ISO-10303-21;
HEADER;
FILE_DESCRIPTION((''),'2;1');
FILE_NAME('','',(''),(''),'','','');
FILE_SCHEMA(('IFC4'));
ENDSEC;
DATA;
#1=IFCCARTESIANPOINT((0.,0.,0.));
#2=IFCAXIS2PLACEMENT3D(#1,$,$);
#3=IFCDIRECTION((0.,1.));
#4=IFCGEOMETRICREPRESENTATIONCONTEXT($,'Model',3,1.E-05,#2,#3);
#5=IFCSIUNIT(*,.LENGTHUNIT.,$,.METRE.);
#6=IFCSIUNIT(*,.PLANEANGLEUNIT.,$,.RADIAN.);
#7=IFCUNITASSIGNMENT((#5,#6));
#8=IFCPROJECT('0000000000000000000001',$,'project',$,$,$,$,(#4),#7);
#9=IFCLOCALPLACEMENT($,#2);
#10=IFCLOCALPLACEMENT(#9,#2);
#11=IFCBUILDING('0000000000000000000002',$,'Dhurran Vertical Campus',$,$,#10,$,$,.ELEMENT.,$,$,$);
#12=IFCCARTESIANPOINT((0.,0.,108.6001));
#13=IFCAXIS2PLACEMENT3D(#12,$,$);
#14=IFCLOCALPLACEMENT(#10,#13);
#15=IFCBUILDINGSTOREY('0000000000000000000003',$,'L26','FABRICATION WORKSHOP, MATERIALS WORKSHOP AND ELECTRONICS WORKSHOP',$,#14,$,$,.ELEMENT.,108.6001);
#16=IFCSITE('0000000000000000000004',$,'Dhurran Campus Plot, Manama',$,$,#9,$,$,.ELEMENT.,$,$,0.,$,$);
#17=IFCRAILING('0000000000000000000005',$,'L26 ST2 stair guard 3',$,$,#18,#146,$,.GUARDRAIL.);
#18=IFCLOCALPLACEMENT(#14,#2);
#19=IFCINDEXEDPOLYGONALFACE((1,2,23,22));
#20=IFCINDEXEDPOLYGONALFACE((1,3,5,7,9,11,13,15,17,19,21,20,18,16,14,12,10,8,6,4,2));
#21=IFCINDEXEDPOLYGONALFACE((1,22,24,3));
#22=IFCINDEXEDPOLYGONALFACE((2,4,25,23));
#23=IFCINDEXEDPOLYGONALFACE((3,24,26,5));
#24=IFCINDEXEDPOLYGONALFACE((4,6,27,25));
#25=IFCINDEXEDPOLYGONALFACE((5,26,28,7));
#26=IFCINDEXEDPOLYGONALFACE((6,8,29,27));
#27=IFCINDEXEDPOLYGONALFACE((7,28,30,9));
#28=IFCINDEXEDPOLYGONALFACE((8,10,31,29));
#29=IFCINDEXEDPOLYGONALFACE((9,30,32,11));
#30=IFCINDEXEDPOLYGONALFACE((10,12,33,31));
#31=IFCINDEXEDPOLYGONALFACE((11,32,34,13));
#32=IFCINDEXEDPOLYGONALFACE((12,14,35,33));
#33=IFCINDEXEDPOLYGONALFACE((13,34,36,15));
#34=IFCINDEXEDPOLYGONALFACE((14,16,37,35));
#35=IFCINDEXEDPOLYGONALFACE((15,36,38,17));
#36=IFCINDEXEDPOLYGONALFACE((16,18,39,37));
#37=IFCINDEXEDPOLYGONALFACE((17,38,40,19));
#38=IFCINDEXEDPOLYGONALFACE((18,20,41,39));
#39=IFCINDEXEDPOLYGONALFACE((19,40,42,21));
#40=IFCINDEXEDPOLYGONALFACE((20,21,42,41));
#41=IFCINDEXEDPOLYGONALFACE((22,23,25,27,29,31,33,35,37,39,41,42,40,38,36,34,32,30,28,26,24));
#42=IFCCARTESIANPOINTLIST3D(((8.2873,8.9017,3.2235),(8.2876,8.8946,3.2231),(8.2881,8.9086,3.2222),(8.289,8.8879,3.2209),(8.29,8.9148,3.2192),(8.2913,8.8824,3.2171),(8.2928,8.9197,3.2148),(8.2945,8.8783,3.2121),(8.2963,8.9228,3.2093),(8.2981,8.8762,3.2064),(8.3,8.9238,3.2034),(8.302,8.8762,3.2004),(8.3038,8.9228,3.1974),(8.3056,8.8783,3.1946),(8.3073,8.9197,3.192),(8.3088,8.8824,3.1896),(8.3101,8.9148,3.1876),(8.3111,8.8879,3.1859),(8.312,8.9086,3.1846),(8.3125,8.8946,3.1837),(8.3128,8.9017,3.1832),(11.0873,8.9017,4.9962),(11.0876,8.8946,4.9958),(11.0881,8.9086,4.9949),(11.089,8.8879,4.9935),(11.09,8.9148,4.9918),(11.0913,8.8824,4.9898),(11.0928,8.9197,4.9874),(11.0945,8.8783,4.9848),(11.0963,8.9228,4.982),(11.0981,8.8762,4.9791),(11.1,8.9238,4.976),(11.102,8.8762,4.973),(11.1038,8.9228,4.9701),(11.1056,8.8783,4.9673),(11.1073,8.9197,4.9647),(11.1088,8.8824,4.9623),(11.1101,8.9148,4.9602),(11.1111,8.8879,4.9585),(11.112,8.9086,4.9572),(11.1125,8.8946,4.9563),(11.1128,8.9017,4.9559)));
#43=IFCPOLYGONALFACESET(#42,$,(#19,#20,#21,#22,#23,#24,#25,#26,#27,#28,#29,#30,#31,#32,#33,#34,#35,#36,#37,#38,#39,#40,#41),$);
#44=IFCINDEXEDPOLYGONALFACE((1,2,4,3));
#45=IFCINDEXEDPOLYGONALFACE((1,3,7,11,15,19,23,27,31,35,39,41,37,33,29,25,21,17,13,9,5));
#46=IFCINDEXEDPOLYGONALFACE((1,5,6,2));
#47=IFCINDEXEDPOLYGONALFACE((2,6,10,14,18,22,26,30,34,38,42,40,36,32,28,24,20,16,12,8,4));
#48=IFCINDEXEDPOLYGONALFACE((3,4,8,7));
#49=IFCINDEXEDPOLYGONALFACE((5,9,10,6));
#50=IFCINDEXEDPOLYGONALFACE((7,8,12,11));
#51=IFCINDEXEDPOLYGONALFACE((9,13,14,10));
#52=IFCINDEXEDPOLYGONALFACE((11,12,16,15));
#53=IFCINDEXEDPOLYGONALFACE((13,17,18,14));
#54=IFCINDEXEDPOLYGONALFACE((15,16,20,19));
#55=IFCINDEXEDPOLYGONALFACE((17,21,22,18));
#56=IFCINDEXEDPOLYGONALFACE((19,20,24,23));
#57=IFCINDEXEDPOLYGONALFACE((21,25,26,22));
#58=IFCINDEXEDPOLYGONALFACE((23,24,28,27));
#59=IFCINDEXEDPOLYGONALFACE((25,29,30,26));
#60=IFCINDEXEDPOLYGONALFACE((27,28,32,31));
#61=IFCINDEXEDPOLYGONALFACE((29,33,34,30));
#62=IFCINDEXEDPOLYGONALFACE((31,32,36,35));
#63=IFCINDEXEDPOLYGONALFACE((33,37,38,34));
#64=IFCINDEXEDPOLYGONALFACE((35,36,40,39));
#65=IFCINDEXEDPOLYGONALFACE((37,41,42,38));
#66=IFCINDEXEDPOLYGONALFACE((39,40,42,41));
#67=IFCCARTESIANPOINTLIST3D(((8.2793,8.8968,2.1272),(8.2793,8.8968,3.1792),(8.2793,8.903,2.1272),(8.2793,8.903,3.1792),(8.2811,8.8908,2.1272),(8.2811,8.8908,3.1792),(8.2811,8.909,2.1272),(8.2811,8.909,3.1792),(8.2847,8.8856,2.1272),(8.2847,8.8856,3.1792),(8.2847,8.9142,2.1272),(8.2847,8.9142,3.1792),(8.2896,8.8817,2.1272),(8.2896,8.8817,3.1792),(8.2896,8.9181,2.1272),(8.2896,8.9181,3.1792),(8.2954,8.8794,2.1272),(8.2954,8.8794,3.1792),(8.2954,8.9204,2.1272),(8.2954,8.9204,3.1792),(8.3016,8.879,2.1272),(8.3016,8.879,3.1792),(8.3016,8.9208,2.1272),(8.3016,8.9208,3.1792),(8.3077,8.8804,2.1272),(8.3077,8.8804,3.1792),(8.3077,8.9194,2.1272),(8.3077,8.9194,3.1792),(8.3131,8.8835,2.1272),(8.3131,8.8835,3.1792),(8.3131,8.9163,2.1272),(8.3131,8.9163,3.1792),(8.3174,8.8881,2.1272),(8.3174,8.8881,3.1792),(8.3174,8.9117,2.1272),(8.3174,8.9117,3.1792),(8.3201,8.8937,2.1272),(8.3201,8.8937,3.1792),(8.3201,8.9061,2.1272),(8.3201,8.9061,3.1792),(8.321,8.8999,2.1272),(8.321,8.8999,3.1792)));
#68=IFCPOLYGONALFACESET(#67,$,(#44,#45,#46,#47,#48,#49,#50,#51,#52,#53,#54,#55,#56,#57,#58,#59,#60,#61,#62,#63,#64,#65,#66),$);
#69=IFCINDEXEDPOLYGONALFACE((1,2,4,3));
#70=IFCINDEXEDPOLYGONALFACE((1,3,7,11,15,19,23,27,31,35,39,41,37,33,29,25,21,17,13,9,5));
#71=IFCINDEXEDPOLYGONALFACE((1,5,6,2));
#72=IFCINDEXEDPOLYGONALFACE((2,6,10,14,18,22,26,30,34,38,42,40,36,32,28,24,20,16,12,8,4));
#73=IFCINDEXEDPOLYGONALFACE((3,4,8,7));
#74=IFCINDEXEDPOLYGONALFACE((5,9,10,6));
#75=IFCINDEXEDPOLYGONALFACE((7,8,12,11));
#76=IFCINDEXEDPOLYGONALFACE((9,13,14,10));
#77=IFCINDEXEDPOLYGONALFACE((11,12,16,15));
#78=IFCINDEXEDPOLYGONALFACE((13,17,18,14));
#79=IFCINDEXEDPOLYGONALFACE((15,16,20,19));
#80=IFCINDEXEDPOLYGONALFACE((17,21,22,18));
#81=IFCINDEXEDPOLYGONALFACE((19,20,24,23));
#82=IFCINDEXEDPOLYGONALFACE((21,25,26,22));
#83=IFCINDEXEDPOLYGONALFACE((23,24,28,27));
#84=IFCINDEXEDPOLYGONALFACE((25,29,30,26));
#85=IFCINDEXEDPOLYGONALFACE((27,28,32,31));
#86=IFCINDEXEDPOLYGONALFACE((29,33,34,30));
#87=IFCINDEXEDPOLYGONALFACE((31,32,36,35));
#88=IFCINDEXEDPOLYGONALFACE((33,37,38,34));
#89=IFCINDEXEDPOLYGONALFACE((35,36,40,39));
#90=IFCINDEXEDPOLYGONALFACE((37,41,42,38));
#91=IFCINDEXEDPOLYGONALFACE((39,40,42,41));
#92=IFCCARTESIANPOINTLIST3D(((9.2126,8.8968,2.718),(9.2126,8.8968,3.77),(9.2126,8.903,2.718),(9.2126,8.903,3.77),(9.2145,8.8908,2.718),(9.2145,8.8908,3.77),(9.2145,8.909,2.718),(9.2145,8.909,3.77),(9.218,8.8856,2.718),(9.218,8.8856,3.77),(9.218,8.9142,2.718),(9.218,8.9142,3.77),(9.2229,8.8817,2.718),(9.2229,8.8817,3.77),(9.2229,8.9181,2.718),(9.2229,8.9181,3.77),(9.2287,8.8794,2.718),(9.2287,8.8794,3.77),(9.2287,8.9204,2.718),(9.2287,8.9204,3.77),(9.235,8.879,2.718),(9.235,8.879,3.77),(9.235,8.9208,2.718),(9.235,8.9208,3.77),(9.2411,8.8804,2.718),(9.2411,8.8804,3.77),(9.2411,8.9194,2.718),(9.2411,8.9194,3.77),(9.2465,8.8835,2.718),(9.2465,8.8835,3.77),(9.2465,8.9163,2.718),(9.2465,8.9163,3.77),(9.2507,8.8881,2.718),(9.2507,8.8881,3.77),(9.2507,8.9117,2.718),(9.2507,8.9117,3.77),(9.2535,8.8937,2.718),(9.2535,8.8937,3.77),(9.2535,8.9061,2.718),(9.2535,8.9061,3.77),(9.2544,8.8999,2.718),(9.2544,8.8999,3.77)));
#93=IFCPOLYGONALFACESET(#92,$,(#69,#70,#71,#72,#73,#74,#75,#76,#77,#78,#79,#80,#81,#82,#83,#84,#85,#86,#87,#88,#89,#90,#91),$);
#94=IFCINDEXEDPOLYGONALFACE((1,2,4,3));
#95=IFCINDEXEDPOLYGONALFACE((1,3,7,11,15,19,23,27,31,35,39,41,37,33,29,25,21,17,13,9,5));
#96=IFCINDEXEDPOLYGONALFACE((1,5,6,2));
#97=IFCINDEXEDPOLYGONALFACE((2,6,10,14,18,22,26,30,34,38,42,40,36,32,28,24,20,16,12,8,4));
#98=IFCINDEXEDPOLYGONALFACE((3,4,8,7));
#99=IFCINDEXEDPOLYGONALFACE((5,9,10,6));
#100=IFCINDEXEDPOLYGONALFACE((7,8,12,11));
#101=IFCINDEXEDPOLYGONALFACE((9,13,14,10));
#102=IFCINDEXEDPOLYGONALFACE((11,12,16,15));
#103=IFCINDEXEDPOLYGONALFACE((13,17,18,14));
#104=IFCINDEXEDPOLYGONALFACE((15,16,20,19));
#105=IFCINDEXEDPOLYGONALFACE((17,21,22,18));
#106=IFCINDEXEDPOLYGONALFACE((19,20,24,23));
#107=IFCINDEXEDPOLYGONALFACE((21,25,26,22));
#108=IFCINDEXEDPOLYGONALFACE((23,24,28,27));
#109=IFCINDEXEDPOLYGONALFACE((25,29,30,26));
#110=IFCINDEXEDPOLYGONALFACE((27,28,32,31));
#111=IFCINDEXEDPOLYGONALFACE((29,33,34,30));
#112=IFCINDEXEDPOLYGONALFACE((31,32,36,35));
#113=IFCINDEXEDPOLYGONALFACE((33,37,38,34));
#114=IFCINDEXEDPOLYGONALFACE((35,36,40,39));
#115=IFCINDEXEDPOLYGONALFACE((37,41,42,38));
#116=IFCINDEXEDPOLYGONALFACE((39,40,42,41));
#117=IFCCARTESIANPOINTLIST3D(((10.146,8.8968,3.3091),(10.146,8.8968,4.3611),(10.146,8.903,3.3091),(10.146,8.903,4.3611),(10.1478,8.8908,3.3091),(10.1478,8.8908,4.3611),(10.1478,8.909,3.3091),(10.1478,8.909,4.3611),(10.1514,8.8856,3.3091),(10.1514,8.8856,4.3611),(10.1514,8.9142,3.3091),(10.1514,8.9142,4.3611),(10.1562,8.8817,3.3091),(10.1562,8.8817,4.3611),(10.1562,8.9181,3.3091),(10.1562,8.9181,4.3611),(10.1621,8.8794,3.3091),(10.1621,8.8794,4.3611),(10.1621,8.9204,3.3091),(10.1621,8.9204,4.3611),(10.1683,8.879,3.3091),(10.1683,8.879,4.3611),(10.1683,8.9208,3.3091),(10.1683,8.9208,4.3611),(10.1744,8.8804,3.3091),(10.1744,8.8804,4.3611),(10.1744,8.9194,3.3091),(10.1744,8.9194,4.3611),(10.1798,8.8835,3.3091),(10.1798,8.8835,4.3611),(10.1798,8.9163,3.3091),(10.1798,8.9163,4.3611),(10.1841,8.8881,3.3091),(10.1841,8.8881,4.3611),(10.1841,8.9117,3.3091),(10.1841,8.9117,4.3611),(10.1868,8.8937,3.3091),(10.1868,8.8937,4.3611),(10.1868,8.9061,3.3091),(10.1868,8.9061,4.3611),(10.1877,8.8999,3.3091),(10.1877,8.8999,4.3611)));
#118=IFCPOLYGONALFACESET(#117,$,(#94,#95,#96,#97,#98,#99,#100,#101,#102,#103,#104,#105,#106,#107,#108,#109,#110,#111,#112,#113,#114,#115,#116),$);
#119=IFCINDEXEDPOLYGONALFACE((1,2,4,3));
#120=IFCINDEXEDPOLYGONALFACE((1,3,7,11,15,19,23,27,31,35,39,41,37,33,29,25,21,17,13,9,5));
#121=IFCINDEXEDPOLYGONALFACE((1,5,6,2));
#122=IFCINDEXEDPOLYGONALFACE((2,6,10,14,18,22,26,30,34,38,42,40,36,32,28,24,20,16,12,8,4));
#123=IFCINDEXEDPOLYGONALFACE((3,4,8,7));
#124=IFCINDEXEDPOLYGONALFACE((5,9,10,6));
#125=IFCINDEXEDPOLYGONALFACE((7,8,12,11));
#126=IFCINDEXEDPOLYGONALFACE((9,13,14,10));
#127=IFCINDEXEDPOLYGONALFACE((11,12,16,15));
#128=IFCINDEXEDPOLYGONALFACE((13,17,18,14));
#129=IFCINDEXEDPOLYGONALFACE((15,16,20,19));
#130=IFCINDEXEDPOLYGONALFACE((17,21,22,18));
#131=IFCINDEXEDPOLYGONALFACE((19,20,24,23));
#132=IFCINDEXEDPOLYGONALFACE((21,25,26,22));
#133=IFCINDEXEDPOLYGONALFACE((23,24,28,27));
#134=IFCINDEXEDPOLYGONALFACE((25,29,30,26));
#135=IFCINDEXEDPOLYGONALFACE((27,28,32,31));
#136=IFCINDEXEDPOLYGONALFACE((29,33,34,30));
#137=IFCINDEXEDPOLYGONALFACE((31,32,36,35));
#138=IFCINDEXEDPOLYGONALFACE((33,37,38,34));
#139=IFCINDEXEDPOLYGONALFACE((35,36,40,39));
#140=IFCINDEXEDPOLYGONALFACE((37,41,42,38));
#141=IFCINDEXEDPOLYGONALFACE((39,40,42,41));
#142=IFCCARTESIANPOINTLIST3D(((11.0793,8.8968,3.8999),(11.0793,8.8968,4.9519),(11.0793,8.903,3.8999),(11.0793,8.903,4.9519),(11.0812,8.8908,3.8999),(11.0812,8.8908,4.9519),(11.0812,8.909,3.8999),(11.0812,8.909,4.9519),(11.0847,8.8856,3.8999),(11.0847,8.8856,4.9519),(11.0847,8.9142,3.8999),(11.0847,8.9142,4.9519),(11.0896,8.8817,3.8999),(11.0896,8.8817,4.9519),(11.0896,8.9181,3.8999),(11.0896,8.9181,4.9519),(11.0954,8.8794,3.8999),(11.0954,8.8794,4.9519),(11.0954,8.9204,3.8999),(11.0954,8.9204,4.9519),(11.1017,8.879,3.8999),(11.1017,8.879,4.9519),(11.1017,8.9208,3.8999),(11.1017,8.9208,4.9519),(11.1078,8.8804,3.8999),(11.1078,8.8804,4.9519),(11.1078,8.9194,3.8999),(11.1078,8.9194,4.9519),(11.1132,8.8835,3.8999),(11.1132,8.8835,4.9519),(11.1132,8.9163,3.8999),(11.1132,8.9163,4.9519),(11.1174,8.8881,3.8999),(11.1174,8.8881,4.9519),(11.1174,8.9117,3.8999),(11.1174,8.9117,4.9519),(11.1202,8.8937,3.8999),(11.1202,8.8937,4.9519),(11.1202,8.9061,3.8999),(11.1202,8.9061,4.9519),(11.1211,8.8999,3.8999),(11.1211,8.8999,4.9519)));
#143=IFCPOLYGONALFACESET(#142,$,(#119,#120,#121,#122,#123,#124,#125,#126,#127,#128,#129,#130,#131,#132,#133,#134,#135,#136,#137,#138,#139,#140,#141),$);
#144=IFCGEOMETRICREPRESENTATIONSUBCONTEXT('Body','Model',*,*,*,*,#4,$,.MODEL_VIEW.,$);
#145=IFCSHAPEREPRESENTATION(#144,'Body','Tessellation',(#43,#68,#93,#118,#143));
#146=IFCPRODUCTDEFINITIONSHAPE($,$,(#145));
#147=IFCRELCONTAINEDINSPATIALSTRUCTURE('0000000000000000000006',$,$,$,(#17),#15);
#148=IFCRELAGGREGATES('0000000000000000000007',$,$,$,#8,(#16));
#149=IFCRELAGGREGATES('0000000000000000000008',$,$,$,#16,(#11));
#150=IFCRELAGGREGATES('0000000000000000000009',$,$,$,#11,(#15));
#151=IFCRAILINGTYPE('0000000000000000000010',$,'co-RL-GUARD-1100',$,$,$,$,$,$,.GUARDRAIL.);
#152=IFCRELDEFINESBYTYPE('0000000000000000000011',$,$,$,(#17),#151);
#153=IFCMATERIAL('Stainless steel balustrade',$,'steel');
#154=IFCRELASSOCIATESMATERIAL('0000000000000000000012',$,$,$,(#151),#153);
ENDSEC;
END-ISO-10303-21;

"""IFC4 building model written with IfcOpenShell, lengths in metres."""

from ifc_helpers import new_model, si_unit, direction, frame, origin, origin_2d, place, context, subcontext, project, spatial, circle, extrude, material, type_object, element, save


model = new_model("IFC4")

# Units and contexts
model_context = context("Model", 3, precision=1e-05, world=origin(), true_north=direction((0.0, 1.0)))
body_context = subcontext(model_context, "Body", "Model", "MODEL_VIEW")
ifc_project = project(units=[si_unit("LENGTHUNIT", "METRE"), si_unit("PLANEANGLEUNIT", "RADIAN")], contexts=[model_context])

# Site, building, storey
site_placement = place(None, origin())
site = spatial("IfcSite", under=ifc_project, at=site_placement, Name="Dhurran Campus Plot, Manama", CompositionType="ELEMENT", RefElevation=0.0)
building_placement = place(site_placement, origin())
building = spatial("IfcBuilding", under=site, at=building_placement, Name="Dhurran Vertical Campus", CompositionType="ELEMENT")
storey_placement = place(building_placement, frame((0.0, 0.0, 108.6001)))
storey = spatial("IfcBuildingStorey", under=building, at=storey_placement, Name="L26", Description="FABRICATION WORKSHOP, MATERIALS WORKSHOP AND ELECTRONICS WORKSHOP", CompositionType="ELEMENT", Elevation=108.6001)

# Railing
ifc_material_1 = material(Name="Stainless steel balustrade", Category="steel")
railing_type_1 = type_object("IfcRailingType", Name="co-RL-GUARD-1100", PredefinedType="GUARDRAIL", material=ifc_material_1)
railing_1_placement = place(storey_placement, frame((8.3, 8.8999, 2.1272)))
element("IfcRailing", 1, at=railing_1_placement, inside=storey, type_object=railing_type_1, Name="L26 ST2 stair guard 3", PredefinedType="GUARDRAIL", context=body_context, shape_type="SweptSolid", body=[
    extrude(circle(Radius=0.0239, at=origin_2d()), frame((0.0, 0.0, 1.0762), z_axis=(0.844909, 0.0, 0.53491), x_axis=(0.0, 1.0, 0.0)), (0.0, 0.0, 1.0), 3.314),
    extrude(circle(Radius=0.021, at=origin_2d()), origin(), (0.0, 0.0, 1.0), 1.052),
    extrude(circle(Radius=0.021, at=origin_2d()), frame((0.9333, 0.0, 0.5908)), (0.0, 0.0, 1.0), 1.052),
    extrude(circle(Radius=0.021, at=origin_2d()), frame((1.8667, 0.0, 1.1819)), (0.0, 0.0, 1.0), 1.052),
    extrude(circle(Radius=0.021, at=origin_2d()), frame((2.8, 0.0, 1.7727)), (0.0, 0.0, 1.0), 1.052),
])

save(model, "model.ifc")
